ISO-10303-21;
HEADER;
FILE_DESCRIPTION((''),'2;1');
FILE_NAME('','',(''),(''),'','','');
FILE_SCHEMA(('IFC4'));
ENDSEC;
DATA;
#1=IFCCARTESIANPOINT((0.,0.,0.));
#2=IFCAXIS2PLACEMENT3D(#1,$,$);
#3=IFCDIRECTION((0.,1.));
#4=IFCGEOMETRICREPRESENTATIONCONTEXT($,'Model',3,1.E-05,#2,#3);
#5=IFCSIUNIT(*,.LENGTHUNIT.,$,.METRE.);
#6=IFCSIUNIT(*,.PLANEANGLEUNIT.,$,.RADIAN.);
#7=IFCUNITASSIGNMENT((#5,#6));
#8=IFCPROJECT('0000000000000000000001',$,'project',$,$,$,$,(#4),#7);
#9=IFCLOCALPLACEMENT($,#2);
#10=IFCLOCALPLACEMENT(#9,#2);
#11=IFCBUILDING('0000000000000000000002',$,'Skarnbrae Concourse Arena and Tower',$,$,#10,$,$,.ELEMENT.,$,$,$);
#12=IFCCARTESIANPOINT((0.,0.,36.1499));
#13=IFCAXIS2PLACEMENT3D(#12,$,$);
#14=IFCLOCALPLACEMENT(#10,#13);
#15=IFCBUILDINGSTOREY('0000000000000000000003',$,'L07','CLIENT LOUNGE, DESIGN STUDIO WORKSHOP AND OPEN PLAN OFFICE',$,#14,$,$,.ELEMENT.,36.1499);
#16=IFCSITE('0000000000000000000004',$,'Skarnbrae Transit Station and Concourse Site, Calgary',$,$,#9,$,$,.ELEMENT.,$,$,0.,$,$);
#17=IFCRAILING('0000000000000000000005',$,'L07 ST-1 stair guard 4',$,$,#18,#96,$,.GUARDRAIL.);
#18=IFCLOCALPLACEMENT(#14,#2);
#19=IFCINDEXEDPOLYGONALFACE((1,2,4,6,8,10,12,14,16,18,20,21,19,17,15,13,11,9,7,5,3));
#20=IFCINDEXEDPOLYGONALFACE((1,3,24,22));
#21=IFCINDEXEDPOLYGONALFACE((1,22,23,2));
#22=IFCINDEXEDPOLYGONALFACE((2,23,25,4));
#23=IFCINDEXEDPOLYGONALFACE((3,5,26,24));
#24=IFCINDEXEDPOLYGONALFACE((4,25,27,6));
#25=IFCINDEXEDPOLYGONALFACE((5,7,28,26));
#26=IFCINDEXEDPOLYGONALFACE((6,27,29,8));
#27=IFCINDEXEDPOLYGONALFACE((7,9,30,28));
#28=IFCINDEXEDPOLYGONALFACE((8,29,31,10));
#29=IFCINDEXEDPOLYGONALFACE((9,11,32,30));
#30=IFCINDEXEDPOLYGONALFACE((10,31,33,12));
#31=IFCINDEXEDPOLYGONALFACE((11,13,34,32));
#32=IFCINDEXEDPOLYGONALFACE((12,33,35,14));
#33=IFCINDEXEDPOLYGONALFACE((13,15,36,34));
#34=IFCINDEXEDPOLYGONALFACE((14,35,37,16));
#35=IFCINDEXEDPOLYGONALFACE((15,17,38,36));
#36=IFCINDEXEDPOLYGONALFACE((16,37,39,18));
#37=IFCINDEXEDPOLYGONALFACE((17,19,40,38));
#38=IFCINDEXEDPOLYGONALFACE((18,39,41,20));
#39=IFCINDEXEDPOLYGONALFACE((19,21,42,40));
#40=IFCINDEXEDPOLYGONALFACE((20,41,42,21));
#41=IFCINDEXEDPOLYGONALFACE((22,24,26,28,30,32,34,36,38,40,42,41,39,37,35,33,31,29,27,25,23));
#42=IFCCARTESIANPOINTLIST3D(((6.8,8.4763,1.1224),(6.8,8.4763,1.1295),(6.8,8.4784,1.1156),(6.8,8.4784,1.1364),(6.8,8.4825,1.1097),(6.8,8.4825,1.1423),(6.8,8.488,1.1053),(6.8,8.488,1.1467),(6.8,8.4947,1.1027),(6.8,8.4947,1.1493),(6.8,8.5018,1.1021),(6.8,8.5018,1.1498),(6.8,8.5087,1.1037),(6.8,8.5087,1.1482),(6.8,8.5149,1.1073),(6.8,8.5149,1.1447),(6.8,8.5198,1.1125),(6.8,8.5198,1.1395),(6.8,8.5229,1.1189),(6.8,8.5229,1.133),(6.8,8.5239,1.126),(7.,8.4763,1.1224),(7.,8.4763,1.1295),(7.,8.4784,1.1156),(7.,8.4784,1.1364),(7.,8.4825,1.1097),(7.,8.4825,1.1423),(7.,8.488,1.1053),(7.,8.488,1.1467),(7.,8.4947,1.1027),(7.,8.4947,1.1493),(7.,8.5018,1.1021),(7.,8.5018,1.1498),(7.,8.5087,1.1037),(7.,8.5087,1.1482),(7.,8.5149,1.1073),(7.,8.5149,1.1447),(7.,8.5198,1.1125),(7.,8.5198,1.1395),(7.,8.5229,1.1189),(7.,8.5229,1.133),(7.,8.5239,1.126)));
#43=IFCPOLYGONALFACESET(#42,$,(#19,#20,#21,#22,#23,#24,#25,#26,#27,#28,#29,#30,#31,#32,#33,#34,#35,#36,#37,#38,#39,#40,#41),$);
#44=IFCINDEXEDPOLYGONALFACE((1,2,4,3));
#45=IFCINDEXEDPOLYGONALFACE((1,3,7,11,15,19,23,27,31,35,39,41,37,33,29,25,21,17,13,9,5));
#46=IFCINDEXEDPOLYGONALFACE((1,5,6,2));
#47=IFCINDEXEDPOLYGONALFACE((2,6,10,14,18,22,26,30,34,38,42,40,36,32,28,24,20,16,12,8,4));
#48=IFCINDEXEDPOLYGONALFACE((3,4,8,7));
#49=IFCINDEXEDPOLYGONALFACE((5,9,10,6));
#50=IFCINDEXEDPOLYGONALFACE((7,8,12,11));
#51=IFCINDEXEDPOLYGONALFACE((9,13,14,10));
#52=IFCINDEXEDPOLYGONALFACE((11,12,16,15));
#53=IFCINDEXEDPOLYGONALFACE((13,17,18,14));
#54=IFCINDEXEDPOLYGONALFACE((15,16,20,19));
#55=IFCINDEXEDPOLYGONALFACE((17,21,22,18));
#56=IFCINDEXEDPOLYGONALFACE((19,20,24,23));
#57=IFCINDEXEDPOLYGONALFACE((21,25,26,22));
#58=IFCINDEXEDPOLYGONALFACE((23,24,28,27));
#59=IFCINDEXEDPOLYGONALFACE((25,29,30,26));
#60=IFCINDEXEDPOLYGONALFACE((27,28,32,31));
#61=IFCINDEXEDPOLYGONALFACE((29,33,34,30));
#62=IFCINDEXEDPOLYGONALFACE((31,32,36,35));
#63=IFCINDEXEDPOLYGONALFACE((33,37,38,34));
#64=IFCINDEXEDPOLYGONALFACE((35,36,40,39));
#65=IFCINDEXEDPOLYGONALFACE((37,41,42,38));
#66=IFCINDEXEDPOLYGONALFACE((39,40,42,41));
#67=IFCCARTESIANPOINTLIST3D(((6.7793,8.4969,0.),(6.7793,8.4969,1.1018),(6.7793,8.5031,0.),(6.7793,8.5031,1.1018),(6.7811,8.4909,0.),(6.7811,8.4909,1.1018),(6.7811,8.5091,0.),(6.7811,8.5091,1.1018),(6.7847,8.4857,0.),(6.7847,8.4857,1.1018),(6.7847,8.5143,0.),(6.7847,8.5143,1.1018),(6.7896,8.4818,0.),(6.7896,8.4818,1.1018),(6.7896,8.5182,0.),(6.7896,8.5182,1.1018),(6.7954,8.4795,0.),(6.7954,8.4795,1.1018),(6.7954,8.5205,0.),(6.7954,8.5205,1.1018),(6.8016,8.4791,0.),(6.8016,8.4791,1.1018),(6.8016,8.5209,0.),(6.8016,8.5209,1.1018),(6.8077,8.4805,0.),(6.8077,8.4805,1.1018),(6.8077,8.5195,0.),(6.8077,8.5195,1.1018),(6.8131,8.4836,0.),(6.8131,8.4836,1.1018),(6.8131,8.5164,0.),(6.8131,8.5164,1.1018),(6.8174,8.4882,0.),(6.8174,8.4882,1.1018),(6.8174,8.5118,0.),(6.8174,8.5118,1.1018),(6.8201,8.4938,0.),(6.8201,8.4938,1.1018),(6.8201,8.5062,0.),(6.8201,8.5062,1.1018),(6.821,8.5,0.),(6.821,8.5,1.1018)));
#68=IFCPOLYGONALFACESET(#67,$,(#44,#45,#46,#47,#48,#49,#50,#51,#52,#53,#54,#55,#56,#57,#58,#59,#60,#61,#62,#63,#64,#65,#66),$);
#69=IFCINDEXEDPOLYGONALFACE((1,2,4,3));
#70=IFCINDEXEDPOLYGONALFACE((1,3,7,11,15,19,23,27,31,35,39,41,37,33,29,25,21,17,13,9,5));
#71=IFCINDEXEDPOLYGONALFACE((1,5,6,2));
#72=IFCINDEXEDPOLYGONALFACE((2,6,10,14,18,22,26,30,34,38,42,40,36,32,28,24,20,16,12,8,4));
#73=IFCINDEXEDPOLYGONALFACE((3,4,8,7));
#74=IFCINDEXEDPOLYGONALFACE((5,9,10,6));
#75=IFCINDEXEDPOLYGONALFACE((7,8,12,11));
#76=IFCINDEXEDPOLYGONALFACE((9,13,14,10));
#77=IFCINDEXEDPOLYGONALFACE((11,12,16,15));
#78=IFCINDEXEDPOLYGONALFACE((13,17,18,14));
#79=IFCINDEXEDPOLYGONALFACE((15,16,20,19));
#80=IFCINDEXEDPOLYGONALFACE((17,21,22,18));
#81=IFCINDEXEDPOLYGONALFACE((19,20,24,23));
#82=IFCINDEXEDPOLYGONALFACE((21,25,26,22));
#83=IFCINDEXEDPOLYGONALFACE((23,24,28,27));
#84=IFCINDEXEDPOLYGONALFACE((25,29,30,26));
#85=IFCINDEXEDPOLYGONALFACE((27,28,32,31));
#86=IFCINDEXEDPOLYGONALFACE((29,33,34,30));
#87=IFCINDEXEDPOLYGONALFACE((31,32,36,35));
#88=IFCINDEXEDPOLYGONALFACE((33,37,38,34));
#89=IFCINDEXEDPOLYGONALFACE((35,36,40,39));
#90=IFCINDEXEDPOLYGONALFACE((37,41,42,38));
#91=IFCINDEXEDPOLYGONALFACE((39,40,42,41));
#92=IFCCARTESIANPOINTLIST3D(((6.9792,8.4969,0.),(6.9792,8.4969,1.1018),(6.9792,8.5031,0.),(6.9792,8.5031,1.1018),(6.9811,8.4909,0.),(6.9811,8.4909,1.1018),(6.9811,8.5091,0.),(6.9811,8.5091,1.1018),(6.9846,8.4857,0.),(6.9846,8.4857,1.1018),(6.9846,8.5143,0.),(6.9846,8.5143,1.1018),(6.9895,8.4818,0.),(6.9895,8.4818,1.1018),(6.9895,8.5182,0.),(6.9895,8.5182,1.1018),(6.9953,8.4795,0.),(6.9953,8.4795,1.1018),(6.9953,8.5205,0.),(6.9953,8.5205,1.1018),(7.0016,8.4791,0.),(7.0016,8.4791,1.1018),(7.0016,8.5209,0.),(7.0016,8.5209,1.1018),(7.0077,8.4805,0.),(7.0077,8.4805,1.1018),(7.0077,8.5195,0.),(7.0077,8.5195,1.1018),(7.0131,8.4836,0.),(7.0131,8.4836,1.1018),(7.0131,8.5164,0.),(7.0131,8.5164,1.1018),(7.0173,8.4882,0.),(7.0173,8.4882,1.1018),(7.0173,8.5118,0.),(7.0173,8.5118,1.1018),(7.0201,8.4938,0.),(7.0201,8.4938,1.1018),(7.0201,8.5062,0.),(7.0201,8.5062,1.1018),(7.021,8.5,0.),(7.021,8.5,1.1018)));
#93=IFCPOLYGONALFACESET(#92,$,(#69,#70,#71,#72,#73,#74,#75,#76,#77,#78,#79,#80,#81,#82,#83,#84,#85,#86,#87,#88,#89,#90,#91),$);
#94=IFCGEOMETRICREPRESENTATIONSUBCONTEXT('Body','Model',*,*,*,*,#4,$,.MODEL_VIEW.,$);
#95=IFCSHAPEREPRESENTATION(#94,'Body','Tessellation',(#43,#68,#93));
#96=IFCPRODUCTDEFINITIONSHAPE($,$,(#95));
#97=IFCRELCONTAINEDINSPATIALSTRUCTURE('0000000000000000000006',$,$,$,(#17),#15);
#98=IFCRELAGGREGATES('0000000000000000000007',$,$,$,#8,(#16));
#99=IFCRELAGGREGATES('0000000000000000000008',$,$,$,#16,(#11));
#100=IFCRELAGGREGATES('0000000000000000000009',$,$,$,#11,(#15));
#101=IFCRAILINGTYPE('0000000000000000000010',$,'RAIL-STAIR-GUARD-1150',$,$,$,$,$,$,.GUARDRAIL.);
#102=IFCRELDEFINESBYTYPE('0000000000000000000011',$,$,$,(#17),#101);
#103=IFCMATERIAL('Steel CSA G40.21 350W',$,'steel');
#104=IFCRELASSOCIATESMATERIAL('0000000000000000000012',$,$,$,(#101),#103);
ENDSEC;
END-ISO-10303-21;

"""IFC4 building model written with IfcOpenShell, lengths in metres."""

from ifc_helpers import new_model, si_unit, direction, frame, origin, origin_2d, place, context, subcontext, project, spatial, circle, extrude, material, type_object, element, save


model = new_model("IFC4")

# Units and contexts
model_context = context("Model", 3, precision=1e-05, world=origin(), true_north=direction((0.0, 1.0)))
body_context = subcontext(model_context, "Body", "Model", "MODEL_VIEW")
ifc_project = project(units=[si_unit("LENGTHUNIT", "METRE"), si_unit("PLANEANGLEUNIT", "RADIAN")], contexts=[model_context])

# Site, building, storey
site_placement = place(None, origin())
site = spatial("IfcSite", under=ifc_project, at=site_placement, Name="Skarnbrae Transit Station and Concourse Site, Calgary", CompositionType="ELEMENT", RefElevation=0.0)
building_placement = place(site_placement, origin())
building = spatial("IfcBuilding", under=site, at=building_placement, Name="Skarnbrae Concourse Arena and Tower", CompositionType="ELEMENT")
storey_placement = place(building_placement, frame((0.0, 0.0, 36.1499)))
storey = spatial("IfcBuildingStorey", under=building, at=storey_placement, Name="L07", Description="CLIENT LOUNGE, DESIGN STUDIO WORKSHOP AND OPEN PLAN OFFICE", CompositionType="ELEMENT", Elevation=36.1499)

# Shared definitions
ifc_material_1 = material(Name="Steel CSA G40.21 350W", Category="steel")

# Railing
railing_type_1 = type_object("IfcRailingType", Name="RAIL-STAIR-GUARD-1150", PredefinedType="GUARDRAIL", material=ifc_material_1)
railing_1_placement = place(storey_placement, frame((6.8, 8.5, 0.0)))
element("IfcRailing", 1, at=railing_1_placement, inside=storey, type_object=railing_type_1, Name="L07 ST-1 stair guard 4", PredefinedType="GUARDRAIL", context=body_context, shape_type="SweptSolid", body=[
    extrude(circle(Radius=0.0239, at=origin_2d()), frame((0.0, 0.0, 1.126), z_axis=(1.0, 0.0, 0.0), x_axis=(0.0, 1.0, 0.0)), (0.0, 0.0, 1.0), 0.2),
    extrude(circle(Radius=0.021, at=origin_2d()), origin(), (0.0, 0.0, 1.0), 1.1018),
    extrude(circle(Radius=0.021, at=origin_2d()), frame((0.2, 0.0, 0.0)), (0.0, 0.0, 1.0), 1.1018),
])

save(model, "model.ifc")
